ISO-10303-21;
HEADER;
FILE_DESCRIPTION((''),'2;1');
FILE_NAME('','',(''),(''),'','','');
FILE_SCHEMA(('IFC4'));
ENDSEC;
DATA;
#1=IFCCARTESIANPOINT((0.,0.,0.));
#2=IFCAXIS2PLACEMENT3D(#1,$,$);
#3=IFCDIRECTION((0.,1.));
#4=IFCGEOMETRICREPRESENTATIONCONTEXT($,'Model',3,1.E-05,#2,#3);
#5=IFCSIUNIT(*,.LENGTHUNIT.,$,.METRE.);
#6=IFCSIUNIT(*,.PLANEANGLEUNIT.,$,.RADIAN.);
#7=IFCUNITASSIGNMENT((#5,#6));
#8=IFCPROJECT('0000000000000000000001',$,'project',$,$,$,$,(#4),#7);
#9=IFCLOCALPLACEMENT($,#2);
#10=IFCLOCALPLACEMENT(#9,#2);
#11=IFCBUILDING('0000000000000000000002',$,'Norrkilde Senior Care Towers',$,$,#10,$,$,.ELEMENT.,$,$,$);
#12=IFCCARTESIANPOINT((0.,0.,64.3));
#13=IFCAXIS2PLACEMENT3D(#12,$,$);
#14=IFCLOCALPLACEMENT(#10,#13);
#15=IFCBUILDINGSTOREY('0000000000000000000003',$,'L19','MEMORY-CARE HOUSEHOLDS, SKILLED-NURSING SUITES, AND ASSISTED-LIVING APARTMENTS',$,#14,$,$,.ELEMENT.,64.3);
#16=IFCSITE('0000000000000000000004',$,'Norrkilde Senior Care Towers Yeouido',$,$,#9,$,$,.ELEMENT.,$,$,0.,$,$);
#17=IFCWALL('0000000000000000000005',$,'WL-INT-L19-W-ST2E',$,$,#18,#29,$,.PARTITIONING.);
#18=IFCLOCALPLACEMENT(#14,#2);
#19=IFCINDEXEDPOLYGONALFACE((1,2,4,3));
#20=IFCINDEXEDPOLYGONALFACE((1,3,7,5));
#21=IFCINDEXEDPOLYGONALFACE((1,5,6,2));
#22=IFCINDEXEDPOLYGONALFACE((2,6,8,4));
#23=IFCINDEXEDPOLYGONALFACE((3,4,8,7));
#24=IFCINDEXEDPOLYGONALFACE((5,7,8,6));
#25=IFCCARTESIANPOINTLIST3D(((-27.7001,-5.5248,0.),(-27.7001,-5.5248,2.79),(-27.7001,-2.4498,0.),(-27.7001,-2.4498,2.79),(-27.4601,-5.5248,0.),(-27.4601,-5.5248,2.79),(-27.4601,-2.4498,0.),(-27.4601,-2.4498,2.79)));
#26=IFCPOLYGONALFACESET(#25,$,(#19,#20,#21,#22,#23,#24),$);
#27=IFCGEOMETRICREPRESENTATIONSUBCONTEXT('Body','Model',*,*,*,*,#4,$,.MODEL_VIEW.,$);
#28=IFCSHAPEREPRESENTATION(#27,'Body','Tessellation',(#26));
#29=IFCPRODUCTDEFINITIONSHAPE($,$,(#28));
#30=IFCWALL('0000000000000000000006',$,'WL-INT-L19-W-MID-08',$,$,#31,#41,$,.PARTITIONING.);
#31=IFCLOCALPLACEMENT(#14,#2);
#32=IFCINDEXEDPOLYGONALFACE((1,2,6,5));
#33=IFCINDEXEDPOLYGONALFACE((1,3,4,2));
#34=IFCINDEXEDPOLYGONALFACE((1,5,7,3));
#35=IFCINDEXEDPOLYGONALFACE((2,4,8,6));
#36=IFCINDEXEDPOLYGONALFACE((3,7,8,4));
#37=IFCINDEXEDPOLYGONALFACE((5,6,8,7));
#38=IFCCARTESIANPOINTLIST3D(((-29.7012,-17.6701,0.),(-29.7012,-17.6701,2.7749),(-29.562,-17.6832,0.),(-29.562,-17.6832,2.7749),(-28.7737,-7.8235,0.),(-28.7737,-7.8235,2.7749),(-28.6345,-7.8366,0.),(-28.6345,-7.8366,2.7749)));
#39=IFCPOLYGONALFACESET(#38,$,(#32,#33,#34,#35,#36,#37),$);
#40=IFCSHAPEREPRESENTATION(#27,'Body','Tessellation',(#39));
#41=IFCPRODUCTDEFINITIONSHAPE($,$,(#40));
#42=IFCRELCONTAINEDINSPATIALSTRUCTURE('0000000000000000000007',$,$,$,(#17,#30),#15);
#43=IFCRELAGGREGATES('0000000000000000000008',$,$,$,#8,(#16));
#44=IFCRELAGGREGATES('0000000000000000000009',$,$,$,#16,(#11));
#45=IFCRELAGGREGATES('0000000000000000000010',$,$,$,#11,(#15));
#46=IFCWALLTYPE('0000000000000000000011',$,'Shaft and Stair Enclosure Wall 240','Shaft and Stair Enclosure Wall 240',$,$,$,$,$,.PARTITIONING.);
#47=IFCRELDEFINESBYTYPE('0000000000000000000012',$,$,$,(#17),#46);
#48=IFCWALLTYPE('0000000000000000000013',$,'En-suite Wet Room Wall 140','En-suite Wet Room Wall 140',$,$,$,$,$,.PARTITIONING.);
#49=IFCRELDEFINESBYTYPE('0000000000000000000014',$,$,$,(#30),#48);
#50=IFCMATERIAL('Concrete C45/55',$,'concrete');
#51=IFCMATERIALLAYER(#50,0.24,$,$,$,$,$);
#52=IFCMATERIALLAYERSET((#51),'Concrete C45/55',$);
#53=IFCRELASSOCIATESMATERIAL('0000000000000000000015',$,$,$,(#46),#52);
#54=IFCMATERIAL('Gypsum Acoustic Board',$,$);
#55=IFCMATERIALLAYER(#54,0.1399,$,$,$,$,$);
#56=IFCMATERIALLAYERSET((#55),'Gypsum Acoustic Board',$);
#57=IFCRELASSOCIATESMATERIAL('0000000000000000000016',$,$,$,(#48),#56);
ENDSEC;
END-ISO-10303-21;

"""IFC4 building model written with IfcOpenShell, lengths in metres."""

from ifc_helpers import new_model, si_unit, direction, frame, frame_2d, origin, place, context, subcontext, project, spatial, rectangle, extrude, source, transform, mapped, material, layer, layer_set, type_object, type_shapes, element, save


model = new_model("IFC4")

# Units and contexts
model_context = context("Model", 3, precision=1e-05, world=origin(), true_north=direction((0.0, 1.0)))
body_context = subcontext(model_context, "Body", "Model", "MODEL_VIEW")
ifc_project = project(units=[si_unit("LENGTHUNIT", "METRE"), si_unit("PLANEANGLEUNIT", "RADIAN")], contexts=[model_context])

# Site, building, storey
site_placement = place(None, origin())
site = spatial("IfcSite", under=ifc_project, at=site_placement, Name="Norrkilde Senior Care Towers Yeouido", CompositionType="ELEMENT", RefElevation=0.0)
building_placement = place(site_placement, origin())
building = spatial("IfcBuilding", under=site, at=building_placement, Name="Norrkilde Senior Care Towers", CompositionType="ELEMENT")
storey_placement = place(building_placement, frame((0.0, 0.0, 64.3)))
storey = spatial("IfcBuildingStorey", under=building, at=storey_placement, Name="L19", Description="MEMORY-CARE HOUSEHOLDS, SKILLED-NURSING SUITES, AND ASSISTED-LIVING APARTMENTS", CompositionType="ELEMENT", Elevation=64.3)

# Shared definitions
ifc_material_1 = material(Name="Concrete C45/55", Category="concrete")

# Shared definitions
ifc_material_2 = material(Name="Gypsum Acoustic Board")

# Walls
ifc_layer_1 = layer(ifc_material_1, 0.24)
ifc_layer_set_1 = layer_set([ifc_layer_1], Name="Concrete C45/55")
wall_type_1 = type_object("IfcWallType", Name="Shaft and Stair Enclosure Wall 240", Description="Shaft and Stair Enclosure Wall 240", PredefinedType="PARTITIONING", material=ifc_layer_set_1)
shared_shape_1 = source(origin(), body_context, "Body", "SweptSolid", [
    extrude(rectangle(XDim=3.075, YDim=0.24, at=frame_2d((1.5376, 0.0))), origin(), (0.0, 0.0, 1.0), 2.79),
])
type_shapes(wall_type_1, [shared_shape_1])
wall_1_placement = place(storey_placement, frame((-27.5801, -5.5249, 0.0), z_axis=(0.0, 0.0, 1.0), x_axis=(0.0, 1.0, 0.0)))
element("IfcWall", 1, at=wall_1_placement, inside=storey, type_object=wall_type_1, Name="WL-INT-L19-W-ST2E", PredefinedType="PARTITIONING", context=body_context, shape_type="MappedRepresentation", body=[
    mapped(shared_shape_1, transform((0.0, 0.0, 0.0), x_axis=(1.0, 0.0, 0.0), y_axis=(0.0, 1.0, 0.0), z_axis=(0.0, 0.0, 1.0), scale=1.0)),
])
ifc_layer_2 = layer(ifc_material_2, 0.1399)
ifc_layer_set_2 = layer_set([ifc_layer_2], Name="Gypsum Acoustic Board")
wall_type_2 = type_object("IfcWallType", Name="En-suite Wet Room Wall 140", Description="En-suite Wet Room Wall 140", PredefinedType="PARTITIONING", material=ifc_layer_set_2)
shared_shape_2 = source(origin(), body_context, "Body", "SweptSolid", [
    extrude(rectangle(XDim=9.8901, YDim=0.1399, at=frame_2d((4.9451, 0.0))), origin(), (0.0, 0.0, 1.0), 2.7749),
])
type_shapes(wall_type_2, [shared_shape_2])
wall_2_placement = place(storey_placement, frame((-28.7041, -7.8301, 0.0), z_axis=(0.0, 0.0, 1.0), x_axis=(-0.09378, -0.995593, 0.0)))
element("IfcWall", 2, at=wall_2_placement, inside=storey, type_object=wall_type_2, Name="WL-INT-L19-W-MID-08", PredefinedType="PARTITIONING", context=body_context, shape_type="MappedRepresentation", body=[
    mapped(shared_shape_2, transform((0.0, 0.0, 0.0), x_axis=(1.0, 0.0, 0.0), y_axis=(0.0, 1.0, 0.0), z_axis=(0.0, 0.0, 1.0), scale=1.0)),
])

save(model, "model.ifc")
